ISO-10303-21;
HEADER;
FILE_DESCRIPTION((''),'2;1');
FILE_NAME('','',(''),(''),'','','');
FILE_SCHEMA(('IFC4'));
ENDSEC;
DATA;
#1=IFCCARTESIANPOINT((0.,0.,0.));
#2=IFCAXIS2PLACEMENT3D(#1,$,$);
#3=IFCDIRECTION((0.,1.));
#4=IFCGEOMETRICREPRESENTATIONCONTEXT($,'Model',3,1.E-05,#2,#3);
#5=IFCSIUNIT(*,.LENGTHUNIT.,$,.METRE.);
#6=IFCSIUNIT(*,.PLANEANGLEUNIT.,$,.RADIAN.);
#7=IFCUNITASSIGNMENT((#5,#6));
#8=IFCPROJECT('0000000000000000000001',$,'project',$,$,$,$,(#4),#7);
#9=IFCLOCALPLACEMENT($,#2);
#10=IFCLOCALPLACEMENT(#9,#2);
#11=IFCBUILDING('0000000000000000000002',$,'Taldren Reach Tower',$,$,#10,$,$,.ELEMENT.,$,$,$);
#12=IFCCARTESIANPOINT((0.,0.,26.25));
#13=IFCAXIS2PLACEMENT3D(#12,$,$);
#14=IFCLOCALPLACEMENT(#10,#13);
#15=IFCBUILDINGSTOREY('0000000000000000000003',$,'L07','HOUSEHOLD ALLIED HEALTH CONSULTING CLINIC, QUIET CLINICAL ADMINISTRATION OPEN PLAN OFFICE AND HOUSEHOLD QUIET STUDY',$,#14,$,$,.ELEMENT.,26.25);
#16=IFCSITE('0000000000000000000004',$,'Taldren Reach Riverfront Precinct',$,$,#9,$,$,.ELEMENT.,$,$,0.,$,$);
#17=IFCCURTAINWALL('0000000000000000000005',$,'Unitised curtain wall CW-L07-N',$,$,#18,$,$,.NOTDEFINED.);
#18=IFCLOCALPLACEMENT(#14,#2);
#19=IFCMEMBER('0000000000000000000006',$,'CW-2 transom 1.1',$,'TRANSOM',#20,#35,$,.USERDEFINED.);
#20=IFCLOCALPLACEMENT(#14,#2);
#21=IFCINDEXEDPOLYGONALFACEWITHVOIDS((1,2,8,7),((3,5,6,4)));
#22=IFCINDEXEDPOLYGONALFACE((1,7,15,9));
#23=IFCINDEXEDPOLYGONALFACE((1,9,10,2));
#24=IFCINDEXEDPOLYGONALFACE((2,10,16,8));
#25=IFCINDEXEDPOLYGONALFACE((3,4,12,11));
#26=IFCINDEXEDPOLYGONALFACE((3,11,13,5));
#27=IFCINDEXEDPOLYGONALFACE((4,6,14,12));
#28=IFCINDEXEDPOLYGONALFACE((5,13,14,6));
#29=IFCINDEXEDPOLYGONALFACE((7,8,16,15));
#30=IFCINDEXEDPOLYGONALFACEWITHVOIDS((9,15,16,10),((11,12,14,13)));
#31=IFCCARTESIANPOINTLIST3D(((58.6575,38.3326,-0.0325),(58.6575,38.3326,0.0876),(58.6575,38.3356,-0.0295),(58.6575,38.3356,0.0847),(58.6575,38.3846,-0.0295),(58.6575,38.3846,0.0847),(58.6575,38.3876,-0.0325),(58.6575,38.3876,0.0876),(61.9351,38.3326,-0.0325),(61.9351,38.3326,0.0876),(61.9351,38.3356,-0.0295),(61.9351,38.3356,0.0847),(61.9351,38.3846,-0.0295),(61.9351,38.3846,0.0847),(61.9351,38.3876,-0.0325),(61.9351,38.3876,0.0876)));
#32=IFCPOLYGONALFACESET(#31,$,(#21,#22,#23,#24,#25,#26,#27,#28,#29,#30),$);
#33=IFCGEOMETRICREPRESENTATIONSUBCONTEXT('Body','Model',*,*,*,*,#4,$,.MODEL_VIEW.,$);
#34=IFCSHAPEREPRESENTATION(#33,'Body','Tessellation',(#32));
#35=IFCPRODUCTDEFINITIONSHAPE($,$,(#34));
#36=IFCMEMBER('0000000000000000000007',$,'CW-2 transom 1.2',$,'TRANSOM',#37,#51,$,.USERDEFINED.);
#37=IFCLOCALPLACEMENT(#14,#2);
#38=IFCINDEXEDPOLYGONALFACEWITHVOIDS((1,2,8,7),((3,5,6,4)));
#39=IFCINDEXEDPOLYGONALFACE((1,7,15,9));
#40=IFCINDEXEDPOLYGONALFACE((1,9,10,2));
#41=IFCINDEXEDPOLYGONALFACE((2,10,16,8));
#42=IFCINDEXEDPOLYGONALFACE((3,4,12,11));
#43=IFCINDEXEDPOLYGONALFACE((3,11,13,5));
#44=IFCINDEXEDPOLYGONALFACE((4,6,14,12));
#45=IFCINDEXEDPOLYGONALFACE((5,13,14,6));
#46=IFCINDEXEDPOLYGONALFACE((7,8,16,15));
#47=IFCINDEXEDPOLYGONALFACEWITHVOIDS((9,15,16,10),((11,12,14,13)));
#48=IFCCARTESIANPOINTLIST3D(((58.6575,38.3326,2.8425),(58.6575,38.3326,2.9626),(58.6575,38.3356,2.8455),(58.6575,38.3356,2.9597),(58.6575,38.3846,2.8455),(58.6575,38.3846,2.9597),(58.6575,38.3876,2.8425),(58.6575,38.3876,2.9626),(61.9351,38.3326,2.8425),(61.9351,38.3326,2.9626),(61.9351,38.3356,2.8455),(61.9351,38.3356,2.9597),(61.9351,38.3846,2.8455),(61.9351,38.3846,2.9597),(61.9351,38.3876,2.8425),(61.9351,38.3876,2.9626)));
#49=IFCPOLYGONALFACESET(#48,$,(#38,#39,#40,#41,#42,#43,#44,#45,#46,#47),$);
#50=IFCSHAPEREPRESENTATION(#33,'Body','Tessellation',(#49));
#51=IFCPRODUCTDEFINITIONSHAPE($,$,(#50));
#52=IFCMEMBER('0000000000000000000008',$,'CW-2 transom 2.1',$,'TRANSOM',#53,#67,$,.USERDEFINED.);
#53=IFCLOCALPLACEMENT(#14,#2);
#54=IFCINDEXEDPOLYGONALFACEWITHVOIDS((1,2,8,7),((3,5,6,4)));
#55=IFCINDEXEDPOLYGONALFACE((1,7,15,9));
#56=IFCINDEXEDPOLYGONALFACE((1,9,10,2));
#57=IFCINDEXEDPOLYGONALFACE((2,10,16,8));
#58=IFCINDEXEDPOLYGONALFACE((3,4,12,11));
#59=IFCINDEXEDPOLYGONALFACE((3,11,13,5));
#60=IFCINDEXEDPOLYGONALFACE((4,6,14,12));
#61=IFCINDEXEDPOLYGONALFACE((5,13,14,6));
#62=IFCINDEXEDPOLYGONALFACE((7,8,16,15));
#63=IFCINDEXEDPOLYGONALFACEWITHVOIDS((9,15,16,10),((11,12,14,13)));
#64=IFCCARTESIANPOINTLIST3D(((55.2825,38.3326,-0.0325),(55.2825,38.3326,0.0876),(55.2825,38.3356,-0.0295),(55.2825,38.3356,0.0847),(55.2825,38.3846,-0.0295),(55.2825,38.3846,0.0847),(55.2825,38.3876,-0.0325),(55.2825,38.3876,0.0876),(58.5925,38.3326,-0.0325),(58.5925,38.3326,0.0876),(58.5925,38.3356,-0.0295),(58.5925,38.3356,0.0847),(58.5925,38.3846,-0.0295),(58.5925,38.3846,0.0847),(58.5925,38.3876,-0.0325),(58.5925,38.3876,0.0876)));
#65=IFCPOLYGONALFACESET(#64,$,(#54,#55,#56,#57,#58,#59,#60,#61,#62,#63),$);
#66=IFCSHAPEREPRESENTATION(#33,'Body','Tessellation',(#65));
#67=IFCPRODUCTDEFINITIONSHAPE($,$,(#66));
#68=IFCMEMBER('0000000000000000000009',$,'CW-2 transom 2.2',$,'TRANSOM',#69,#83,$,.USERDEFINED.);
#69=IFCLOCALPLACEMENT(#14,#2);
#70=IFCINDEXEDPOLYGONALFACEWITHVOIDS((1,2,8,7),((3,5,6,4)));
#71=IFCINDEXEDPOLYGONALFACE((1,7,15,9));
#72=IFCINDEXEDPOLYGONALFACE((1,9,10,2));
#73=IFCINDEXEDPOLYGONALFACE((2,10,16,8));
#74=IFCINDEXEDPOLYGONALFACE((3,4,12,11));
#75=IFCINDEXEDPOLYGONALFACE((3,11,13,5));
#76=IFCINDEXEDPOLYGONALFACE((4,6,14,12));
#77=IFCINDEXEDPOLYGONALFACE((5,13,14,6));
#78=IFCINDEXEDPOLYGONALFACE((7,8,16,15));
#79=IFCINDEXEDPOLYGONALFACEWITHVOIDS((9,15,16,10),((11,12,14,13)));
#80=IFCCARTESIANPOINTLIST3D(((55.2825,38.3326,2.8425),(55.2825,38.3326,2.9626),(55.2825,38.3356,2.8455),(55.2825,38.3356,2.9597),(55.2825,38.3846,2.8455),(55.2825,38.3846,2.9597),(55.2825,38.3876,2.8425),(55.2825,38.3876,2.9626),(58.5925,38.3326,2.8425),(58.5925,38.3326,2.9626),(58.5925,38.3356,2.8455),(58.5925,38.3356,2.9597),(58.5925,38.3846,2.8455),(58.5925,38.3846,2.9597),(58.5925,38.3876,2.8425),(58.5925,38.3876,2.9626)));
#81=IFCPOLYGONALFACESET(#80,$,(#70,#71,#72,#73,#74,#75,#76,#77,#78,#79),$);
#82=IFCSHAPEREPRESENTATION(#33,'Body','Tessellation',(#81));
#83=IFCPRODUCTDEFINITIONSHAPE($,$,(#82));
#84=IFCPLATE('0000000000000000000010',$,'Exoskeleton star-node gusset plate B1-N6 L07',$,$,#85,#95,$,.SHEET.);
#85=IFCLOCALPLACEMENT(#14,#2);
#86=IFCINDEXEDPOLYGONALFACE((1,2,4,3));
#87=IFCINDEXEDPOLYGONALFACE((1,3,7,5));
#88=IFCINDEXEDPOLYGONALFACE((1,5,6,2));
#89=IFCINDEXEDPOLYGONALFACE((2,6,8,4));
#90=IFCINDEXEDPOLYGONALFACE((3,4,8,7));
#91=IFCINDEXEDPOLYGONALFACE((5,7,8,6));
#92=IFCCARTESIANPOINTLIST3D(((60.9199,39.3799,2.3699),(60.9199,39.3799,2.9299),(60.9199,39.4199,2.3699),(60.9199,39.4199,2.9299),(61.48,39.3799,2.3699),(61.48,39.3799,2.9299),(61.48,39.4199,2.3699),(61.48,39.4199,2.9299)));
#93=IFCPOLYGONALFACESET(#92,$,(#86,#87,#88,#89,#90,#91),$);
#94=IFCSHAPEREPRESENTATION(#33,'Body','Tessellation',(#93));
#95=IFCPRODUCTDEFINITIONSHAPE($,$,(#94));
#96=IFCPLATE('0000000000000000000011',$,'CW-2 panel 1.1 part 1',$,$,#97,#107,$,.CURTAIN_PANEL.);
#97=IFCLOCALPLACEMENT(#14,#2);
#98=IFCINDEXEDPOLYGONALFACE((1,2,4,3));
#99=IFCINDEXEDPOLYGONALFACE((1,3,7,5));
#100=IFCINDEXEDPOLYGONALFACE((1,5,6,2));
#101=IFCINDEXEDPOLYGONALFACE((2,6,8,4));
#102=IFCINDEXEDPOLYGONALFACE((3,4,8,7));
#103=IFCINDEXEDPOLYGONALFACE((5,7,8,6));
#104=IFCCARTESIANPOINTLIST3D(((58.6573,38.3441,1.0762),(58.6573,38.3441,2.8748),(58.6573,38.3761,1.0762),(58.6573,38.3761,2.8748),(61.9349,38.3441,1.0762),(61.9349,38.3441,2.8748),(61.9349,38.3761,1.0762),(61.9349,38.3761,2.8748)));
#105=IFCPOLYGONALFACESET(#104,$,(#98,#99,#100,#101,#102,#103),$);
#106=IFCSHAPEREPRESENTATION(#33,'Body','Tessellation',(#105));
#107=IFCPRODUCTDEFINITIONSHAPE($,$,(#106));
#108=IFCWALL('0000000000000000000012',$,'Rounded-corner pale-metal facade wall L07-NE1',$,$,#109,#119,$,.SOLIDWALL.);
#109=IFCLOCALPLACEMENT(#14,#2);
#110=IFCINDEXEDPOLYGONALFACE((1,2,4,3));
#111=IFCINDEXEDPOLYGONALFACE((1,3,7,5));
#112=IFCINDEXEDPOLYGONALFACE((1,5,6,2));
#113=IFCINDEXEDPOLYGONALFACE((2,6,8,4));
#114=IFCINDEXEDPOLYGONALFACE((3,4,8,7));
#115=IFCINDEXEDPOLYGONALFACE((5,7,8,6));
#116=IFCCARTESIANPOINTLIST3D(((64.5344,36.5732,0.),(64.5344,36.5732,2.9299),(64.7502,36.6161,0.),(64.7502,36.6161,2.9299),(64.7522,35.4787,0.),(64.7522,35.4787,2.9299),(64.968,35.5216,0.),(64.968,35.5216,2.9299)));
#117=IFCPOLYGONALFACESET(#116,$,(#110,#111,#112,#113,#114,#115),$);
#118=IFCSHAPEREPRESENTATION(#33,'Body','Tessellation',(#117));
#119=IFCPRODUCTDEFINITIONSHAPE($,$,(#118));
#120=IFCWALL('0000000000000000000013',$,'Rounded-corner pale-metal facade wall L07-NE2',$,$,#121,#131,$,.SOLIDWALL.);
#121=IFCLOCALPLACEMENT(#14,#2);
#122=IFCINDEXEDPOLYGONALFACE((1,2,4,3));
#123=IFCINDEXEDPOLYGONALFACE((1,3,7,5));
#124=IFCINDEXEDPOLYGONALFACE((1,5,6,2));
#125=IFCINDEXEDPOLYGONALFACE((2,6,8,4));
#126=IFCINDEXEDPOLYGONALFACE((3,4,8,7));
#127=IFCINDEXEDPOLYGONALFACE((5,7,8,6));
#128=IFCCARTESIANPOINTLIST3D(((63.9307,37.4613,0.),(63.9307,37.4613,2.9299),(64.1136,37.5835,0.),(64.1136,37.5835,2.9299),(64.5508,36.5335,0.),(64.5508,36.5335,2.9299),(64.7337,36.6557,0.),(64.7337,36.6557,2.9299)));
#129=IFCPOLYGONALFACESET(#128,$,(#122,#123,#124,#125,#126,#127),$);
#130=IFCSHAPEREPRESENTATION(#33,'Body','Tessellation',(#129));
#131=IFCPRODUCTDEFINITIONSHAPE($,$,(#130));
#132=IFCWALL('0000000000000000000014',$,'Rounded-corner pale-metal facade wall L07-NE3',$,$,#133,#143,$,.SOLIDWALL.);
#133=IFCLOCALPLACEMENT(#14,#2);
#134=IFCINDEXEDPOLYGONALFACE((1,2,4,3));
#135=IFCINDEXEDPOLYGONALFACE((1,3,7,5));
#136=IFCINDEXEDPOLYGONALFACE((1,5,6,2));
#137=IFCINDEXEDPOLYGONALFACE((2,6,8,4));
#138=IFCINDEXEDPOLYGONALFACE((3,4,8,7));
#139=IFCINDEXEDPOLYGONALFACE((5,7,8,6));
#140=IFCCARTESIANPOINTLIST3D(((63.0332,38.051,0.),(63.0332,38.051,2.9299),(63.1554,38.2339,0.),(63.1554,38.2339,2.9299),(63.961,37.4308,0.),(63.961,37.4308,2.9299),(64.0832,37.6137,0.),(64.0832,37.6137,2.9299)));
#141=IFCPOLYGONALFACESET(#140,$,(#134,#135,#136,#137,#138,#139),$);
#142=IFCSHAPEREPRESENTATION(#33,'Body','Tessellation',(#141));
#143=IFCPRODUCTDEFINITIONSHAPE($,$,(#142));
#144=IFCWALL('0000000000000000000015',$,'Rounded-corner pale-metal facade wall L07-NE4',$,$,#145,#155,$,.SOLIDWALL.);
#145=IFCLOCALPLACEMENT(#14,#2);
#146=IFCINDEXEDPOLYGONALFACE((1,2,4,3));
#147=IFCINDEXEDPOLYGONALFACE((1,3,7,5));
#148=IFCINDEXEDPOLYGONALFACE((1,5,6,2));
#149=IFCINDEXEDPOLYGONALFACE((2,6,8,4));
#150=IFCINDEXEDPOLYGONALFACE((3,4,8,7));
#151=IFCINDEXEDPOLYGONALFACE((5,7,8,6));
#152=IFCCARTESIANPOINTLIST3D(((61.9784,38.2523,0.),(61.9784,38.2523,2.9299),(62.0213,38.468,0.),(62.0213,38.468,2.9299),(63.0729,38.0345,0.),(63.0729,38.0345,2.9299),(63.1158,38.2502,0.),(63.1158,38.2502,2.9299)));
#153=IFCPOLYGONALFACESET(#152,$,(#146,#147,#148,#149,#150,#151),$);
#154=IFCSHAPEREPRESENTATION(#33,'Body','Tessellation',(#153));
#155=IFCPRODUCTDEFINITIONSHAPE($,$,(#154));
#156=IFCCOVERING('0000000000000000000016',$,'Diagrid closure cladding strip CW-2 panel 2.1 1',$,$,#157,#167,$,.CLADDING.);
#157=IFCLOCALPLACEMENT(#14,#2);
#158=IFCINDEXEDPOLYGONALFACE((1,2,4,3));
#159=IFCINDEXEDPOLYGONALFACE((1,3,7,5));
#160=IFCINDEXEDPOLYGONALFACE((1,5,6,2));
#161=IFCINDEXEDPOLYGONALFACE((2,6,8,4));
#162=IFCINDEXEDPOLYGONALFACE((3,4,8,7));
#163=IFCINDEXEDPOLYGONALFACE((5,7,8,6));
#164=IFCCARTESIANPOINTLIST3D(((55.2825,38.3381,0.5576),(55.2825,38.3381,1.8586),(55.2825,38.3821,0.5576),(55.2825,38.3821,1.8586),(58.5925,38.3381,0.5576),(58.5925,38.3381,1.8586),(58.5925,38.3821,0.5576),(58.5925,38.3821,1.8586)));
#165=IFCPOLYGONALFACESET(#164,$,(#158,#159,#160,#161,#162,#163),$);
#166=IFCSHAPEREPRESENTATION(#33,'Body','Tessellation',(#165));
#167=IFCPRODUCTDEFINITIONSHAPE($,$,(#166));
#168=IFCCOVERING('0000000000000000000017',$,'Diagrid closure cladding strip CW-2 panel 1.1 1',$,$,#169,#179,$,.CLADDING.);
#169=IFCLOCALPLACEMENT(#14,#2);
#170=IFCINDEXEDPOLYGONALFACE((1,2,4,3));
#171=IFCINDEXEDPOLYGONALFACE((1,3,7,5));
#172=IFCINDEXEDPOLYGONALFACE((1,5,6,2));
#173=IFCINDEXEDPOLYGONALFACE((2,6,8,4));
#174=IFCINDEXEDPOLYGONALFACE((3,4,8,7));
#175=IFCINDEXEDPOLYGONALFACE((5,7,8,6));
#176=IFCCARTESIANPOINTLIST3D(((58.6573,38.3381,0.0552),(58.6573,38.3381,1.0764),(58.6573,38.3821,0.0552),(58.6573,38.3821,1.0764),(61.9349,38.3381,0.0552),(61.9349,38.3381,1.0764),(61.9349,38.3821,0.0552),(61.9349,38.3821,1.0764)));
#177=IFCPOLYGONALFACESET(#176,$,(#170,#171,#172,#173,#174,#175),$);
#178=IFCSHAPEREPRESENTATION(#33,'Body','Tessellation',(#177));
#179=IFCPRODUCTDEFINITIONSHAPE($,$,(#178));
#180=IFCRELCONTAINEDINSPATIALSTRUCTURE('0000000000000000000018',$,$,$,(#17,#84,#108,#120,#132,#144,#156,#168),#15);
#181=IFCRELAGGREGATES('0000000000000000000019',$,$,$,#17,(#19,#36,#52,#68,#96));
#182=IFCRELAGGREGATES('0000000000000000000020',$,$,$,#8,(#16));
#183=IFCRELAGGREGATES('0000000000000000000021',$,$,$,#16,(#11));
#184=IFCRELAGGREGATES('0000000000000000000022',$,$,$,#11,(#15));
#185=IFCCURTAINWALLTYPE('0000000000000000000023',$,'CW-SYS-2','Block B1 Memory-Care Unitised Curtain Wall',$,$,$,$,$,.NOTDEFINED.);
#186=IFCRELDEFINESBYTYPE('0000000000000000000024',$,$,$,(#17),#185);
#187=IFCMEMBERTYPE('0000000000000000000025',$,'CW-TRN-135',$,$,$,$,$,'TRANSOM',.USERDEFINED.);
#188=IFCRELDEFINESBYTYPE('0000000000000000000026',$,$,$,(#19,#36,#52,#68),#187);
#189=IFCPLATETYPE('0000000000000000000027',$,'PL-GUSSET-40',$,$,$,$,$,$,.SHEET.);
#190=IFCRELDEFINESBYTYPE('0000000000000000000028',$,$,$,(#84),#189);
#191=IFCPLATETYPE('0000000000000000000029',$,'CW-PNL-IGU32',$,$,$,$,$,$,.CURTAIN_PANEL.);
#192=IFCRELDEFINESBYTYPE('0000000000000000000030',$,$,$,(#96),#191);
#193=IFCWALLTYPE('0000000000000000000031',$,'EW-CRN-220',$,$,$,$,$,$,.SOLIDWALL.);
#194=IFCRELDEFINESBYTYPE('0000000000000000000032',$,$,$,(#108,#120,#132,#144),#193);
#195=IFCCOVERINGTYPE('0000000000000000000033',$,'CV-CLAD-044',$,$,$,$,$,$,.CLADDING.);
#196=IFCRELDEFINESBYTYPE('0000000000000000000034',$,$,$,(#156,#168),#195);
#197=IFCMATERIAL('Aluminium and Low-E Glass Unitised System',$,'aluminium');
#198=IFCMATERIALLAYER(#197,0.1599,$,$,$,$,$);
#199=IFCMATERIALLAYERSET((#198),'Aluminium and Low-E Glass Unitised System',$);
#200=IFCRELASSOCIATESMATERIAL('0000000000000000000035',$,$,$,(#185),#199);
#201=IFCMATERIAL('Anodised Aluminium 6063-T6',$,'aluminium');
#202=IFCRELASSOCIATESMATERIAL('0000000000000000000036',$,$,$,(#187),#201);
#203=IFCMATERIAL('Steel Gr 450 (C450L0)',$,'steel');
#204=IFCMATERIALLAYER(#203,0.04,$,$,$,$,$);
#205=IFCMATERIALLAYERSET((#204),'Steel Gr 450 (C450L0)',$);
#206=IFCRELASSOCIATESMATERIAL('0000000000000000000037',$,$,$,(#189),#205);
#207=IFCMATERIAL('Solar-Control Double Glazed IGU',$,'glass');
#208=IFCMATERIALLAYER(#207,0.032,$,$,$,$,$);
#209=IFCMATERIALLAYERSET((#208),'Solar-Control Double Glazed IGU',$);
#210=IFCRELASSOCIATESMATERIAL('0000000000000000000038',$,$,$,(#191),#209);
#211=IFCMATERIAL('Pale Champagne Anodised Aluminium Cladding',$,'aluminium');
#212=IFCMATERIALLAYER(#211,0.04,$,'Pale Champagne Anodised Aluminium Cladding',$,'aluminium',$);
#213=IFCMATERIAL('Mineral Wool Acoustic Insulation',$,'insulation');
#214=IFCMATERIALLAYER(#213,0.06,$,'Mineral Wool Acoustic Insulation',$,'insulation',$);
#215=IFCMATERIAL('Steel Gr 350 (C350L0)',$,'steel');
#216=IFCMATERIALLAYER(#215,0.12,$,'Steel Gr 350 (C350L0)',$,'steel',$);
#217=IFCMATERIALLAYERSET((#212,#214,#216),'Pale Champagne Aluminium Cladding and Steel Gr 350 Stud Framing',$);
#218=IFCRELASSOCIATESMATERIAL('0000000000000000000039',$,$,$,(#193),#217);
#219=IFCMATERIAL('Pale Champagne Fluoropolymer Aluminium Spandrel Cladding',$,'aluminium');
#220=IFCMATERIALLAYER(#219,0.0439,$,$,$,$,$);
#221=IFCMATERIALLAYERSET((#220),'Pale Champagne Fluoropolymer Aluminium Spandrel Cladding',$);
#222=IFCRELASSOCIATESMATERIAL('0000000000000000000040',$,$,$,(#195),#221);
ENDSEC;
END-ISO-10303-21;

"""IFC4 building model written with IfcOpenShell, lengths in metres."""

from ifc_helpers import new_model, si_unit, direction, frame, frame_2d, origin, origin_2d, place, context, subcontext, project, spatial, rectangle, hollow_rectangle, extrude, source, transform, mapped, material, layer, layer_set, material_profile, profile_set, type_object, element, aggregate, save


model = new_model("IFC4")

# Units and contexts
model_context = context("Model", 3, precision=1e-05, world=origin(), true_north=direction((0.0, 1.0)))
body_context = subcontext(model_context, "Body", "Model", "MODEL_VIEW")
ifc_project = project(units=[si_unit("LENGTHUNIT", "METRE"), si_unit("PLANEANGLEUNIT", "RADIAN")], contexts=[model_context])

# Site, building, storey
site_placement = place(None, origin())
site = spatial("IfcSite", under=ifc_project, at=site_placement, Name="Taldren Reach Riverfront Precinct", CompositionType="ELEMENT", RefElevation=0.0)
building_placement = place(site_placement, origin())
building = spatial("IfcBuilding", under=site, at=building_placement, Name="Taldren Reach Tower", CompositionType="ELEMENT")
storey_placement = place(building_placement, frame((0.0, 0.0, 26.25)))
storey = spatial("IfcBuildingStorey", under=building, at=storey_placement, Name="L07", Description="HOUSEHOLD ALLIED HEALTH CONSULTING CLINIC, QUIET CLINICAL ADMINISTRATION OPEN PLAN OFFICE AND HOUSEHOLD QUIET STUDY", CompositionType="ELEMENT", Elevation=26.25)

# Shared definitions
ifc_material_1 = material(Name="Steel Gr 450 (C450L0)", Category="steel")
ifc_material_2 = material(Name="Steel Gr 350 (C350L0)", Category="steel")

# Curtain wall
ifc_material_3 = material(Name="Aluminium and Low-E Glass Unitised System", Category="aluminium")
ifc_layer_1 = layer(ifc_material_3, 0.1599)
ifc_layer_set_1 = layer_set([ifc_layer_1], Name="Aluminium and Low-E Glass Unitised System")
curtain_wall_type = type_object("IfcCurtainWallType", Name="CW-SYS-2", Description="Block B1 Memory-Care Unitised Curtain Wall", PredefinedType="NOTDEFINED", material=ifc_layer_set_1)
curtain_wall_1_placement = place(storey_placement, origin())
curtain_wall_1 = element("IfcCurtainWall", 1, at=curtain_wall_1_placement, inside=storey, type_object=curtain_wall_type, Name="Unitised curtain wall CW-L07-N", PredefinedType="NOTDEFINED")
ifc_material_4 = material(Name="Anodised Aluminium 6063-T6", Category="aluminium")

# Members
ifc_material_profile_1 = material_profile(ifc_material_4, hollow_rectangle(XDim=0.0549, YDim=0.1201, WallThickness=0.0029, at=origin_2d()), Name="ALU-120x55x3RHS")
ifc_profile_set_1 = profile_set([ifc_material_profile_1], Name="Anodised Aluminium 6063-T6")
member_type_1 = type_object("IfcMemberType", Name="CW-TRN-135", ElementType="TRANSOM", PredefinedType="USERDEFINED", material=ifc_profile_set_1)
shared_shape_1 = source(origin(), body_context, "Body", "SweptSolid", [
    extrude(hollow_rectangle(XDim=0.0549, YDim=0.1201, WallThickness=0.0029, at=origin_2d()), origin(), (0.0, 0.0, 1.0), 3.2776),
])
member_1_placement = place(storey_placement, frame((61.9351, 38.3601, 0.0276), z_axis=(-1.0, 0.0, 0.0), x_axis=(0.0, -1.0, 0.0)))
member_1 = element("IfcMember", 2, at=member_1_placement, type_object=member_type_1, Name="CW-2 transom 1.1", ObjectType="TRANSOM", PredefinedType="USERDEFINED", context=body_context, shape_type="MappedRepresentation", body=[
    mapped(shared_shape_1, transform((0.0, 0.0, 0.0), scale=1.0)),
])
member_2_placement = place(storey_placement, frame((61.9351, 38.3601, 2.9026), z_axis=(-1.0, 0.0, 0.0), x_axis=(0.0, -1.0, 0.0)))
member_2 = element("IfcMember", 3, at=member_2_placement, type_object=member_type_1, Name="CW-2 transom 1.2", ObjectType="TRANSOM", PredefinedType="USERDEFINED", context=body_context, shape_type="MappedRepresentation", body=[
    mapped(shared_shape_1, transform((0.0, 0.0, 0.0), scale=1.0)),
])
shared_shape_2 = source(origin(), body_context, "Body", "SweptSolid", [
    extrude(hollow_rectangle(XDim=0.0549, YDim=0.1201, WallThickness=0.0029, at=origin_2d()), origin(), (0.0, 0.0, 1.0), 3.3101),
])
member_3_placement = place(storey_placement, frame((58.5925, 38.3601, 0.0276), z_axis=(-1.0, 0.0, 0.0), x_axis=(0.0, -1.0, 0.0)))
member_3 = element("IfcMember", 4, at=member_3_placement, type_object=member_type_1, Name="CW-2 transom 2.1", ObjectType="TRANSOM", PredefinedType="USERDEFINED", context=body_context, shape_type="MappedRepresentation", body=[
    mapped(shared_shape_2, transform((0.0, 0.0, 0.0), scale=1.0)),
])
member_4_placement = place(storey_placement, frame((58.5925, 38.3601, 2.9026), z_axis=(-1.0, 0.0, 0.0), x_axis=(0.0, -1.0, 0.0)))
member_4 = element("IfcMember", 5, at=member_4_placement, type_object=member_type_1, Name="CW-2 transom 2.2", ObjectType="TRANSOM", PredefinedType="USERDEFINED", context=body_context, shape_type="MappedRepresentation", body=[
    mapped(shared_shape_2, transform((0.0, 0.0, 0.0), scale=1.0)),
])

# Plates
ifc_layer_2 = layer(ifc_material_1, 0.04)
ifc_layer_set_2 = layer_set([ifc_layer_2], Name="Steel Gr 450 (C450L0)")
plate_type_1 = type_object("IfcPlateType", Name="PL-GUSSET-40", PredefinedType="SHEET", material=ifc_layer_set_2)
shared_shape_3 = source(origin(), body_context, "Body", "SweptSolid", [
    extrude(rectangle(XDim=0.5601, YDim=0.04, at=origin_2d()), origin(), (0.0, 0.0, 1.0), 0.5601),
])
plate_1_placement = place(storey_placement, frame((61.2, 39.3999, 2.3699), z_axis=(0.0, 0.0, 1.0), x_axis=(1.0, 0.0, 0.0)))
element("IfcPlate", 6, at=plate_1_placement, inside=storey, type_object=plate_type_1, Name="Exoskeleton star-node gusset plate B1-N6 L07", PredefinedType="SHEET", context=body_context, shape_type="MappedRepresentation", body=[
    mapped(shared_shape_3, transform((0.0, 0.0, 0.0), scale=1.0)),
])
ifc_material_5 = material(Name="Solar-Control Double Glazed IGU", Category="glass")
ifc_layer_3 = layer(ifc_material_5, 0.032)
ifc_layer_set_3 = layer_set([ifc_layer_3], Name="Solar-Control Double Glazed IGU")
plate_type_2 = type_object("IfcPlateType", Name="CW-PNL-IGU32", PredefinedType="CURTAIN_PANEL", material=ifc_layer_set_3)
shared_shape_4 = source(origin(), body_context, "Body", "SweptSolid", [
    extrude(rectangle(XDim=3.2776, YDim=0.032, at=origin_2d()), origin(), (0.0, 0.0, 1.0), 1.7986),
])
plate_2_placement = place(storey_placement, frame((60.2961, 38.3601, 1.0762), z_axis=(0.0, 0.0, 1.0), x_axis=(-1.0, 0.0, 0.0)))
plate_2 = element("IfcPlate", 7, at=plate_2_placement, type_object=plate_type_2, Name="CW-2 panel 1.1 part 1", PredefinedType="CURTAIN_PANEL", context=body_context, shape_type="MappedRepresentation", body=[
    mapped(shared_shape_4, transform((0.0, 0.0, 0.0), scale=1.0)),
])
aggregate(curtain_wall_1, [member_1, member_2, member_3, member_4, plate_2])

# Walls
ifc_material_6 = material(Name="Pale Champagne Anodised Aluminium Cladding", Category="aluminium")
ifc_layer_4 = layer(ifc_material_6, 0.04, Name="Pale Champagne Anodised Aluminium Cladding", Category="aluminium")
ifc_material_7 = material(Name="Mineral Wool Acoustic Insulation", Category="insulation")
ifc_layer_5 = layer(ifc_material_7, 0.06, Name="Mineral Wool Acoustic Insulation", Category="insulation")
ifc_layer_6 = layer(ifc_material_2, 0.12, Name="Steel Gr 350 (C350L0)", Category="steel")
ifc_layer_set_4 = layer_set([ifc_layer_4, ifc_layer_5, ifc_layer_6], Name="Pale Champagne Aluminium Cladding and Steel Gr 350 Stud Framing")
wall_type = type_object("IfcWallType", Name="EW-CRN-220", PredefinedType="SOLIDWALL", material=ifc_layer_set_4)
shared_shape_5 = source(origin(), body_context, "Body", "SweptSolid", [
    extrude(rectangle(XDim=1.116, YDim=0.22, at=frame_2d((0.5581, 0.0))), origin(), (0.0, 0.0, 1.0), 2.9299),
])
for number, where, z_axis, x_axis, name in (
    (8, (64.8601, 35.5, 0.0), (0.0, 0.0, 1.0), (-0.195148, 0.980774, 0.0), "Rounded-corner pale-metal facade wall L07-NE1"),
    (9, (64.6423, 36.5945, 0.0), (0.0, 0.0, 1.0), (-0.55571, 0.831377, 0.0), "Rounded-corner pale-metal facade wall L07-NE2"),
    (10, (64.0222, 37.5222, 0.0), (0.0, 0.0, 1.0), (-0.831377, 0.55571, 0.0), "Rounded-corner pale-metal facade wall L07-NE3"),
    (11, (63.0945, 38.1423, 0.0), (0.0, 0.0, 1.0), (-0.980774, 0.195148, 0.0), "Rounded-corner pale-metal facade wall L07-NE4"),
):
    element("IfcWall", number, at=place(storey_placement, frame(where, z_axis=z_axis, x_axis=x_axis)), inside=storey, type_object=wall_type, Name=name, PredefinedType="SOLIDWALL", context=body_context, shape_type="MappedRepresentation", body=[
        mapped(shared_shape_5, transform((0.0, 0.0, 0.0), scale=1.0)),
    ])

# Coverings
ifc_material_8 = material(Name="Pale Champagne Fluoropolymer Aluminium Spandrel Cladding", Category="aluminium")
ifc_layer_7 = layer(ifc_material_8, 0.0439)
ifc_layer_set_5 = layer_set([ifc_layer_7], Name="Pale Champagne Fluoropolymer Aluminium Spandrel Cladding")
covering_type = type_object("IfcCoveringType", Name="CV-CLAD-044", PredefinedType="CLADDING", material=ifc_layer_set_5)
shared_shape_6 = source(origin(), body_context, "Body", "SweptSolid", [
    extrude(rectangle(XDim=3.3101, YDim=0.0439, at=origin_2d()), origin(), (0.0, 0.0, 1.0), 1.301),
])
covering_1_placement = place(storey_placement, frame((56.9375, 38.3601, 0.5576), z_axis=(0.0, 0.0, 1.0), x_axis=(-1.0, 0.0, 0.0)))
element("IfcCovering", 12, at=covering_1_placement, inside=storey, type_object=covering_type, Name="Diagrid closure cladding strip CW-2 panel 2.1 1", PredefinedType="CLADDING", context=body_context, shape_type="MappedRepresentation", body=[
    mapped(shared_shape_6, transform((0.0, 0.0, 0.0), scale=1.0)),
])
shared_shape_7 = source(origin(), body_context, "Body", "SweptSolid", [
    extrude(rectangle(XDim=3.2776, YDim=0.0439, at=origin_2d()), origin(), (0.0, 0.0, 1.0), 1.0212),
])
covering_2_placement = place(storey_placement, frame((60.2961, 38.3601, 0.0552), z_axis=(0.0, 0.0, 1.0), x_axis=(-1.0, 0.0, 0.0)))
element("IfcCovering", 13, at=covering_2_placement, inside=storey, type_object=covering_type, Name="Diagrid closure cladding strip CW-2 panel 1.1 1", PredefinedType="CLADDING", context=body_context, shape_type="MappedRepresentation", body=[
    mapped(shared_shape_7, transform((0.0, 0.0, 0.0), scale=1.0)),
])

save(model, "model.ifc")
